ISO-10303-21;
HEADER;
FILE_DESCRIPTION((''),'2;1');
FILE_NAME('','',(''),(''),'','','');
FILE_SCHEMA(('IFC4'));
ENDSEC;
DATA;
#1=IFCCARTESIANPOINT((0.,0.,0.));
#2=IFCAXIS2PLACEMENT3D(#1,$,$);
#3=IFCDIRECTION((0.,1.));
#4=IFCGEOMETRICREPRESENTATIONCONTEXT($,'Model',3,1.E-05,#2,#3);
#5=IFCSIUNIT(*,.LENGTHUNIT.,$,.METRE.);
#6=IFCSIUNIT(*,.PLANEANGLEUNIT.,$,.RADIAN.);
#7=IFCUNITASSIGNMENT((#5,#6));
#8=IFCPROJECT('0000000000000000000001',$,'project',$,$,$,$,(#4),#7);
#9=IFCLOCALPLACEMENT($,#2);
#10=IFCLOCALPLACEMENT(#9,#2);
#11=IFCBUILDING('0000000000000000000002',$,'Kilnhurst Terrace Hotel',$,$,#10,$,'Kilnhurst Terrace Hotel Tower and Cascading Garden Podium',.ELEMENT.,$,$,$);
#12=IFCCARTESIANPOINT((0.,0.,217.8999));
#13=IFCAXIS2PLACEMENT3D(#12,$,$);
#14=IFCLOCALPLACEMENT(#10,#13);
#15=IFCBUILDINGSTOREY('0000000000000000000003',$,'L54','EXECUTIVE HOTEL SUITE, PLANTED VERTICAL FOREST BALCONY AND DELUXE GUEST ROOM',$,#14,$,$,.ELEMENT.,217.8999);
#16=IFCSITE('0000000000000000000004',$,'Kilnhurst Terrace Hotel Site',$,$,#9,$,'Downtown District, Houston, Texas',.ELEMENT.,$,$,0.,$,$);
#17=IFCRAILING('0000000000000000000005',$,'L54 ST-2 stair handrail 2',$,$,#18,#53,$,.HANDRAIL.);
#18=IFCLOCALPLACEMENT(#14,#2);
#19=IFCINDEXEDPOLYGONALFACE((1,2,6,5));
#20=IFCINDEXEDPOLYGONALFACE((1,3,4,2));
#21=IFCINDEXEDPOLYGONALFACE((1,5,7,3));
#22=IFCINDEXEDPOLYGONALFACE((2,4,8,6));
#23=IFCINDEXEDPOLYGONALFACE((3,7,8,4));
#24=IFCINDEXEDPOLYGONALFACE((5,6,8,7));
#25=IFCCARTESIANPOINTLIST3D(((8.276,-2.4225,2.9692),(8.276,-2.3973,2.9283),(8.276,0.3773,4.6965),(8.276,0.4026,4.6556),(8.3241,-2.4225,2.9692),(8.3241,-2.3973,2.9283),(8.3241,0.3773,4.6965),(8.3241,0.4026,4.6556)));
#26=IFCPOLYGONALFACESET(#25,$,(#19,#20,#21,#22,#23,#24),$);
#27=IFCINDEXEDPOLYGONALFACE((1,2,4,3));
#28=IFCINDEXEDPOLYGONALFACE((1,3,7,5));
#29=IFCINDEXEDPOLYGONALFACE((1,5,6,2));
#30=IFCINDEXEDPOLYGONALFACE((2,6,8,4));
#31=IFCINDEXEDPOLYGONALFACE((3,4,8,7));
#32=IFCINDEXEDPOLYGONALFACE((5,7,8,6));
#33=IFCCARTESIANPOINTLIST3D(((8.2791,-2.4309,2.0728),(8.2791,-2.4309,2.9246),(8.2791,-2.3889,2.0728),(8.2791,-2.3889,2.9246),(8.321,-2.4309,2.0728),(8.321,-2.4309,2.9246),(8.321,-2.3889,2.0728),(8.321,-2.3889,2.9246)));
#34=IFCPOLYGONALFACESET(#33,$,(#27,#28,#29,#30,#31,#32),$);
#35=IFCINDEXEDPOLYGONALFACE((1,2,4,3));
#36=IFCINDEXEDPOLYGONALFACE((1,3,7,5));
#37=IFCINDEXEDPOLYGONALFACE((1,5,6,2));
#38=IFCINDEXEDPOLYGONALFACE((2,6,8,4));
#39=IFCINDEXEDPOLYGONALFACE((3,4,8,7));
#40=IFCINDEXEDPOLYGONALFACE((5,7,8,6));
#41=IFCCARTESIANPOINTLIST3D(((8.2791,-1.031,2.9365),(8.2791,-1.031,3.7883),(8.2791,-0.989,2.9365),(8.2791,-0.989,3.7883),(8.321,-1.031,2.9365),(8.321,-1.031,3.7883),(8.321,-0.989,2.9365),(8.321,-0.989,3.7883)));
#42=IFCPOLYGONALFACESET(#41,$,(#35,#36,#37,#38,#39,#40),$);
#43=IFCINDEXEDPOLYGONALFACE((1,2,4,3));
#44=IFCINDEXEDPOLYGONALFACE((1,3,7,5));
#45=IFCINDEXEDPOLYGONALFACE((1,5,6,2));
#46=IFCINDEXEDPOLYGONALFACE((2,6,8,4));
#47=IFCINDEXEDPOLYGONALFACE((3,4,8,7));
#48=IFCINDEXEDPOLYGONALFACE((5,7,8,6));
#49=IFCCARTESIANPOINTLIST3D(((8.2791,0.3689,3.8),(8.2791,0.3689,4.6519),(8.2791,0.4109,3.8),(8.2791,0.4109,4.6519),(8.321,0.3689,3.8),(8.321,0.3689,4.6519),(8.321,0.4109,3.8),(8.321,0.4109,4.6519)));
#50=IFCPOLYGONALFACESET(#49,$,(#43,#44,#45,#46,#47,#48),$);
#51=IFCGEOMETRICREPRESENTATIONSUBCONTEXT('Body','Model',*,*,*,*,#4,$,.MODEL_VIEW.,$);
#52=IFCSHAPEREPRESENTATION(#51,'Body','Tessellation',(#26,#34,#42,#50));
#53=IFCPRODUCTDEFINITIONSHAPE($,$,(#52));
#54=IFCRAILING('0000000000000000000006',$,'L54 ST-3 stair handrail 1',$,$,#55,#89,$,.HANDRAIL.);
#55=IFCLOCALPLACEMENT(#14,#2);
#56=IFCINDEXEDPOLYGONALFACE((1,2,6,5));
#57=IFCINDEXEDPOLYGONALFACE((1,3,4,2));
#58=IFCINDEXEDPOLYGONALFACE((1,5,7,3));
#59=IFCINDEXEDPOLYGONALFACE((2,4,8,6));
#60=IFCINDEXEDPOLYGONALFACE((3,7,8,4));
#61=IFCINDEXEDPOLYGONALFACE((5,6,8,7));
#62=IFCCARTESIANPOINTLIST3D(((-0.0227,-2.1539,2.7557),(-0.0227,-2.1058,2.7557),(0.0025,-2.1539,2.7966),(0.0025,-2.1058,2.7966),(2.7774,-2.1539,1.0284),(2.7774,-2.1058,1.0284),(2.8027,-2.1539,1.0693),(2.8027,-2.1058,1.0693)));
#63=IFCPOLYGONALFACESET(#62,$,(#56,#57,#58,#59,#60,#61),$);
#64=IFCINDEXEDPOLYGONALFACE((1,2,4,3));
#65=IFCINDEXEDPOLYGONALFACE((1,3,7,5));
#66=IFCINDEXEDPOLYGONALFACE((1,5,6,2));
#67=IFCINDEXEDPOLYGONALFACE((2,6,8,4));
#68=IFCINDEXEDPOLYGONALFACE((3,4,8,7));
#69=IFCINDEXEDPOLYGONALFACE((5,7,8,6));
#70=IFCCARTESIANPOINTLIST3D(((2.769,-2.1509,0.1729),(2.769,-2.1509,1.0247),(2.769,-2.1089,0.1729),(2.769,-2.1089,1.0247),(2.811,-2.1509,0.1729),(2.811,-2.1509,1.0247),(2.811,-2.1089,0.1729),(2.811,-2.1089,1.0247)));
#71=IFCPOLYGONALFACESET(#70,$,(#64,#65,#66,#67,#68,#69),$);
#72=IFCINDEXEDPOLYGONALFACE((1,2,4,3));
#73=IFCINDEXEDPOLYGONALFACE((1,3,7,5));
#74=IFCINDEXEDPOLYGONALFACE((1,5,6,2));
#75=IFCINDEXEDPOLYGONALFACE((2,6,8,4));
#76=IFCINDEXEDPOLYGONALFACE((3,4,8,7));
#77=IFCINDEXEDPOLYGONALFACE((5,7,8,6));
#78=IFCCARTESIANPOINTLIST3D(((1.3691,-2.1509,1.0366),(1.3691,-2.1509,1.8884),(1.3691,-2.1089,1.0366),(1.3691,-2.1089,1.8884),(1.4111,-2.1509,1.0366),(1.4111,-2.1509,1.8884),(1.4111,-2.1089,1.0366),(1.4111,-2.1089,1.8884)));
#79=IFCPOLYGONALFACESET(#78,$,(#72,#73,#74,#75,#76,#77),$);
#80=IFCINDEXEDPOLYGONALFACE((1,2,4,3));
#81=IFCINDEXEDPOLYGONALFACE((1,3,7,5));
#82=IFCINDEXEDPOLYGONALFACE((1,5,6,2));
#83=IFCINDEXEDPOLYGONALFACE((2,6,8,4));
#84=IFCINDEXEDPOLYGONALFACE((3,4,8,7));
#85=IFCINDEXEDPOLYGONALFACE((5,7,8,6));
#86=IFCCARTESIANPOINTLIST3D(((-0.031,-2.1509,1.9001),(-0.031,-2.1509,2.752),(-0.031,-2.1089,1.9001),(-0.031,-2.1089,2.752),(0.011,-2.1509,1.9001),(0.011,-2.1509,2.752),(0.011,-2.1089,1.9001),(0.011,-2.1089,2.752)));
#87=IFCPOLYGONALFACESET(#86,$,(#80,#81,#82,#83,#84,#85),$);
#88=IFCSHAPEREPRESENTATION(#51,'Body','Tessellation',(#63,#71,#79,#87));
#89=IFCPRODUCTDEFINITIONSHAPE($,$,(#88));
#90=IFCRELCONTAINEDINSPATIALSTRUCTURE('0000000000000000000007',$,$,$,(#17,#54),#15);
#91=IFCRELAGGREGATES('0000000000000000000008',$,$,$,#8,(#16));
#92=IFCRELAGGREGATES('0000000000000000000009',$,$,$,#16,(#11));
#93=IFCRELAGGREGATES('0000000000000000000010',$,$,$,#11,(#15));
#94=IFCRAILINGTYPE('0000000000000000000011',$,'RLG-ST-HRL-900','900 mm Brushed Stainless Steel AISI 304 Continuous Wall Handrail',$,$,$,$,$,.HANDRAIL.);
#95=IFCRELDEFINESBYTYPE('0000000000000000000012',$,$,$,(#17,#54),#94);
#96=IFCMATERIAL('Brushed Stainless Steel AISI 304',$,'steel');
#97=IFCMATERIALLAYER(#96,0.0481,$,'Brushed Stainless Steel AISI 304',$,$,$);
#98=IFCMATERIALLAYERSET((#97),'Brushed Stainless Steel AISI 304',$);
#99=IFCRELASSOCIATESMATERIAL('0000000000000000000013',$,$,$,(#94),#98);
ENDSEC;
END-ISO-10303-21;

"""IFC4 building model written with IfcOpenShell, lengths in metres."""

from ifc_helpers import new_model, si_unit, direction, frame, origin, origin_2d, place, context, subcontext, project, spatial, rectangle, extrude, material, layer, layer_set, type_object, element, save


model = new_model("IFC4")

# Units and contexts
model_context = context("Model", 3, precision=1e-05, world=origin(), true_north=direction((0.0, 1.0)))
body_context = subcontext(model_context, "Body", "Model", "MODEL_VIEW")
ifc_project = project(units=[si_unit("LENGTHUNIT", "METRE"), si_unit("PLANEANGLEUNIT", "RADIAN")], contexts=[model_context])

# Site, building, storey
site_placement = place(None, origin())
site = spatial("IfcSite", under=ifc_project, at=site_placement, Name="Kilnhurst Terrace Hotel Site", LongName="Downtown District, Houston, Texas", CompositionType="ELEMENT", RefElevation=0.0)
building_placement = place(site_placement, origin())
building = spatial("IfcBuilding", under=site, at=building_placement, Name="Kilnhurst Terrace Hotel", LongName="Kilnhurst Terrace Hotel Tower and Cascading Garden Podium", CompositionType="ELEMENT")
storey_placement = place(building_placement, frame((0.0, 0.0, 217.8999)))
storey = spatial("IfcBuildingStorey", under=building, at=storey_placement, Name="L54", Description="EXECUTIVE HOTEL SUITE, PLANTED VERTICAL FOREST BALCONY AND DELUXE GUEST ROOM", CompositionType="ELEMENT", Elevation=217.8999)

# Railings
ifc_material_1 = material(Name="Brushed Stainless Steel AISI 304", Category="steel")
ifc_layer_1 = layer(ifc_material_1, 0.0481, Name="Brushed Stainless Steel AISI 304")
ifc_layer_set_1 = layer_set([ifc_layer_1], Name="Brushed Stainless Steel AISI 304")
railing_type_1 = type_object("IfcRailingType", Name="RLG-ST-HRL-900", Description="900 mm Brushed Stainless Steel AISI 304 Continuous Wall Handrail", PredefinedType="HANDRAIL", material=ifc_layer_set_1)
railing_1_placement = place(storey_placement, frame((8.3, -2.4099, 2.0728)))
element("IfcRailing", 1, at=railing_1_placement, inside=storey, type_object=railing_type_1, Name="L54 ST-2 stair handrail 2", PredefinedType="HANDRAIL", context=body_context, shape_type="SweptSolid", body=[
    extrude(rectangle(XDim=0.0481, YDim=0.0481, at=origin_2d()), frame((0.0, 0.0, 0.876), z_axis=(0.0, 0.851069, 0.525054), x_axis=(-1.0, 0.0, 0.0)), (0.0, 0.0, 1.0), 3.2898),
    extrude(rectangle(XDim=0.042, YDim=0.042, at=origin_2d()), origin(), (0.0, 0.0, 1.0), 0.8518),
    extrude(rectangle(XDim=0.042, YDim=0.042, at=origin_2d()), frame((0.0, 1.3999, 0.8638)), (0.0, 0.0, 1.0), 0.8518),
    extrude(rectangle(XDim=0.042, YDim=0.042, at=origin_2d()), frame((0.0, 2.7998, 1.7273)), (0.0, 0.0, 1.0), 0.8518),
])
railing_2_placement = place(storey_placement, frame((2.79, -2.1299, 0.1729)))
element("IfcRailing", 2, at=railing_2_placement, inside=storey, type_object=railing_type_1, Name="L54 ST-3 stair handrail 1", PredefinedType="HANDRAIL", context=body_context, shape_type="SweptSolid", body=[
    extrude(rectangle(XDim=0.0481, YDim=0.0481, at=origin_2d()), frame((0.0, 0.0, 0.876), z_axis=(-0.85109, 0.0, 0.52502), x_axis=(0.0, -1.0, 0.0)), (0.0, 0.0, 1.0), 3.29),
    extrude(rectangle(XDim=0.042, YDim=0.042, at=origin_2d()), origin(), (0.0, 0.0, 1.0), 0.8518),
    extrude(rectangle(XDim=0.042, YDim=0.042, at=origin_2d()), frame((-1.3999, 0.0, 0.8638)), (0.0, 0.0, 1.0), 0.8518),
    extrude(rectangle(XDim=0.042, YDim=0.042, at=origin_2d()), frame((-2.8, 0.0, 1.7273)), (0.0, 0.0, 1.0), 0.8518),
])

save(model, "model.ifc")
